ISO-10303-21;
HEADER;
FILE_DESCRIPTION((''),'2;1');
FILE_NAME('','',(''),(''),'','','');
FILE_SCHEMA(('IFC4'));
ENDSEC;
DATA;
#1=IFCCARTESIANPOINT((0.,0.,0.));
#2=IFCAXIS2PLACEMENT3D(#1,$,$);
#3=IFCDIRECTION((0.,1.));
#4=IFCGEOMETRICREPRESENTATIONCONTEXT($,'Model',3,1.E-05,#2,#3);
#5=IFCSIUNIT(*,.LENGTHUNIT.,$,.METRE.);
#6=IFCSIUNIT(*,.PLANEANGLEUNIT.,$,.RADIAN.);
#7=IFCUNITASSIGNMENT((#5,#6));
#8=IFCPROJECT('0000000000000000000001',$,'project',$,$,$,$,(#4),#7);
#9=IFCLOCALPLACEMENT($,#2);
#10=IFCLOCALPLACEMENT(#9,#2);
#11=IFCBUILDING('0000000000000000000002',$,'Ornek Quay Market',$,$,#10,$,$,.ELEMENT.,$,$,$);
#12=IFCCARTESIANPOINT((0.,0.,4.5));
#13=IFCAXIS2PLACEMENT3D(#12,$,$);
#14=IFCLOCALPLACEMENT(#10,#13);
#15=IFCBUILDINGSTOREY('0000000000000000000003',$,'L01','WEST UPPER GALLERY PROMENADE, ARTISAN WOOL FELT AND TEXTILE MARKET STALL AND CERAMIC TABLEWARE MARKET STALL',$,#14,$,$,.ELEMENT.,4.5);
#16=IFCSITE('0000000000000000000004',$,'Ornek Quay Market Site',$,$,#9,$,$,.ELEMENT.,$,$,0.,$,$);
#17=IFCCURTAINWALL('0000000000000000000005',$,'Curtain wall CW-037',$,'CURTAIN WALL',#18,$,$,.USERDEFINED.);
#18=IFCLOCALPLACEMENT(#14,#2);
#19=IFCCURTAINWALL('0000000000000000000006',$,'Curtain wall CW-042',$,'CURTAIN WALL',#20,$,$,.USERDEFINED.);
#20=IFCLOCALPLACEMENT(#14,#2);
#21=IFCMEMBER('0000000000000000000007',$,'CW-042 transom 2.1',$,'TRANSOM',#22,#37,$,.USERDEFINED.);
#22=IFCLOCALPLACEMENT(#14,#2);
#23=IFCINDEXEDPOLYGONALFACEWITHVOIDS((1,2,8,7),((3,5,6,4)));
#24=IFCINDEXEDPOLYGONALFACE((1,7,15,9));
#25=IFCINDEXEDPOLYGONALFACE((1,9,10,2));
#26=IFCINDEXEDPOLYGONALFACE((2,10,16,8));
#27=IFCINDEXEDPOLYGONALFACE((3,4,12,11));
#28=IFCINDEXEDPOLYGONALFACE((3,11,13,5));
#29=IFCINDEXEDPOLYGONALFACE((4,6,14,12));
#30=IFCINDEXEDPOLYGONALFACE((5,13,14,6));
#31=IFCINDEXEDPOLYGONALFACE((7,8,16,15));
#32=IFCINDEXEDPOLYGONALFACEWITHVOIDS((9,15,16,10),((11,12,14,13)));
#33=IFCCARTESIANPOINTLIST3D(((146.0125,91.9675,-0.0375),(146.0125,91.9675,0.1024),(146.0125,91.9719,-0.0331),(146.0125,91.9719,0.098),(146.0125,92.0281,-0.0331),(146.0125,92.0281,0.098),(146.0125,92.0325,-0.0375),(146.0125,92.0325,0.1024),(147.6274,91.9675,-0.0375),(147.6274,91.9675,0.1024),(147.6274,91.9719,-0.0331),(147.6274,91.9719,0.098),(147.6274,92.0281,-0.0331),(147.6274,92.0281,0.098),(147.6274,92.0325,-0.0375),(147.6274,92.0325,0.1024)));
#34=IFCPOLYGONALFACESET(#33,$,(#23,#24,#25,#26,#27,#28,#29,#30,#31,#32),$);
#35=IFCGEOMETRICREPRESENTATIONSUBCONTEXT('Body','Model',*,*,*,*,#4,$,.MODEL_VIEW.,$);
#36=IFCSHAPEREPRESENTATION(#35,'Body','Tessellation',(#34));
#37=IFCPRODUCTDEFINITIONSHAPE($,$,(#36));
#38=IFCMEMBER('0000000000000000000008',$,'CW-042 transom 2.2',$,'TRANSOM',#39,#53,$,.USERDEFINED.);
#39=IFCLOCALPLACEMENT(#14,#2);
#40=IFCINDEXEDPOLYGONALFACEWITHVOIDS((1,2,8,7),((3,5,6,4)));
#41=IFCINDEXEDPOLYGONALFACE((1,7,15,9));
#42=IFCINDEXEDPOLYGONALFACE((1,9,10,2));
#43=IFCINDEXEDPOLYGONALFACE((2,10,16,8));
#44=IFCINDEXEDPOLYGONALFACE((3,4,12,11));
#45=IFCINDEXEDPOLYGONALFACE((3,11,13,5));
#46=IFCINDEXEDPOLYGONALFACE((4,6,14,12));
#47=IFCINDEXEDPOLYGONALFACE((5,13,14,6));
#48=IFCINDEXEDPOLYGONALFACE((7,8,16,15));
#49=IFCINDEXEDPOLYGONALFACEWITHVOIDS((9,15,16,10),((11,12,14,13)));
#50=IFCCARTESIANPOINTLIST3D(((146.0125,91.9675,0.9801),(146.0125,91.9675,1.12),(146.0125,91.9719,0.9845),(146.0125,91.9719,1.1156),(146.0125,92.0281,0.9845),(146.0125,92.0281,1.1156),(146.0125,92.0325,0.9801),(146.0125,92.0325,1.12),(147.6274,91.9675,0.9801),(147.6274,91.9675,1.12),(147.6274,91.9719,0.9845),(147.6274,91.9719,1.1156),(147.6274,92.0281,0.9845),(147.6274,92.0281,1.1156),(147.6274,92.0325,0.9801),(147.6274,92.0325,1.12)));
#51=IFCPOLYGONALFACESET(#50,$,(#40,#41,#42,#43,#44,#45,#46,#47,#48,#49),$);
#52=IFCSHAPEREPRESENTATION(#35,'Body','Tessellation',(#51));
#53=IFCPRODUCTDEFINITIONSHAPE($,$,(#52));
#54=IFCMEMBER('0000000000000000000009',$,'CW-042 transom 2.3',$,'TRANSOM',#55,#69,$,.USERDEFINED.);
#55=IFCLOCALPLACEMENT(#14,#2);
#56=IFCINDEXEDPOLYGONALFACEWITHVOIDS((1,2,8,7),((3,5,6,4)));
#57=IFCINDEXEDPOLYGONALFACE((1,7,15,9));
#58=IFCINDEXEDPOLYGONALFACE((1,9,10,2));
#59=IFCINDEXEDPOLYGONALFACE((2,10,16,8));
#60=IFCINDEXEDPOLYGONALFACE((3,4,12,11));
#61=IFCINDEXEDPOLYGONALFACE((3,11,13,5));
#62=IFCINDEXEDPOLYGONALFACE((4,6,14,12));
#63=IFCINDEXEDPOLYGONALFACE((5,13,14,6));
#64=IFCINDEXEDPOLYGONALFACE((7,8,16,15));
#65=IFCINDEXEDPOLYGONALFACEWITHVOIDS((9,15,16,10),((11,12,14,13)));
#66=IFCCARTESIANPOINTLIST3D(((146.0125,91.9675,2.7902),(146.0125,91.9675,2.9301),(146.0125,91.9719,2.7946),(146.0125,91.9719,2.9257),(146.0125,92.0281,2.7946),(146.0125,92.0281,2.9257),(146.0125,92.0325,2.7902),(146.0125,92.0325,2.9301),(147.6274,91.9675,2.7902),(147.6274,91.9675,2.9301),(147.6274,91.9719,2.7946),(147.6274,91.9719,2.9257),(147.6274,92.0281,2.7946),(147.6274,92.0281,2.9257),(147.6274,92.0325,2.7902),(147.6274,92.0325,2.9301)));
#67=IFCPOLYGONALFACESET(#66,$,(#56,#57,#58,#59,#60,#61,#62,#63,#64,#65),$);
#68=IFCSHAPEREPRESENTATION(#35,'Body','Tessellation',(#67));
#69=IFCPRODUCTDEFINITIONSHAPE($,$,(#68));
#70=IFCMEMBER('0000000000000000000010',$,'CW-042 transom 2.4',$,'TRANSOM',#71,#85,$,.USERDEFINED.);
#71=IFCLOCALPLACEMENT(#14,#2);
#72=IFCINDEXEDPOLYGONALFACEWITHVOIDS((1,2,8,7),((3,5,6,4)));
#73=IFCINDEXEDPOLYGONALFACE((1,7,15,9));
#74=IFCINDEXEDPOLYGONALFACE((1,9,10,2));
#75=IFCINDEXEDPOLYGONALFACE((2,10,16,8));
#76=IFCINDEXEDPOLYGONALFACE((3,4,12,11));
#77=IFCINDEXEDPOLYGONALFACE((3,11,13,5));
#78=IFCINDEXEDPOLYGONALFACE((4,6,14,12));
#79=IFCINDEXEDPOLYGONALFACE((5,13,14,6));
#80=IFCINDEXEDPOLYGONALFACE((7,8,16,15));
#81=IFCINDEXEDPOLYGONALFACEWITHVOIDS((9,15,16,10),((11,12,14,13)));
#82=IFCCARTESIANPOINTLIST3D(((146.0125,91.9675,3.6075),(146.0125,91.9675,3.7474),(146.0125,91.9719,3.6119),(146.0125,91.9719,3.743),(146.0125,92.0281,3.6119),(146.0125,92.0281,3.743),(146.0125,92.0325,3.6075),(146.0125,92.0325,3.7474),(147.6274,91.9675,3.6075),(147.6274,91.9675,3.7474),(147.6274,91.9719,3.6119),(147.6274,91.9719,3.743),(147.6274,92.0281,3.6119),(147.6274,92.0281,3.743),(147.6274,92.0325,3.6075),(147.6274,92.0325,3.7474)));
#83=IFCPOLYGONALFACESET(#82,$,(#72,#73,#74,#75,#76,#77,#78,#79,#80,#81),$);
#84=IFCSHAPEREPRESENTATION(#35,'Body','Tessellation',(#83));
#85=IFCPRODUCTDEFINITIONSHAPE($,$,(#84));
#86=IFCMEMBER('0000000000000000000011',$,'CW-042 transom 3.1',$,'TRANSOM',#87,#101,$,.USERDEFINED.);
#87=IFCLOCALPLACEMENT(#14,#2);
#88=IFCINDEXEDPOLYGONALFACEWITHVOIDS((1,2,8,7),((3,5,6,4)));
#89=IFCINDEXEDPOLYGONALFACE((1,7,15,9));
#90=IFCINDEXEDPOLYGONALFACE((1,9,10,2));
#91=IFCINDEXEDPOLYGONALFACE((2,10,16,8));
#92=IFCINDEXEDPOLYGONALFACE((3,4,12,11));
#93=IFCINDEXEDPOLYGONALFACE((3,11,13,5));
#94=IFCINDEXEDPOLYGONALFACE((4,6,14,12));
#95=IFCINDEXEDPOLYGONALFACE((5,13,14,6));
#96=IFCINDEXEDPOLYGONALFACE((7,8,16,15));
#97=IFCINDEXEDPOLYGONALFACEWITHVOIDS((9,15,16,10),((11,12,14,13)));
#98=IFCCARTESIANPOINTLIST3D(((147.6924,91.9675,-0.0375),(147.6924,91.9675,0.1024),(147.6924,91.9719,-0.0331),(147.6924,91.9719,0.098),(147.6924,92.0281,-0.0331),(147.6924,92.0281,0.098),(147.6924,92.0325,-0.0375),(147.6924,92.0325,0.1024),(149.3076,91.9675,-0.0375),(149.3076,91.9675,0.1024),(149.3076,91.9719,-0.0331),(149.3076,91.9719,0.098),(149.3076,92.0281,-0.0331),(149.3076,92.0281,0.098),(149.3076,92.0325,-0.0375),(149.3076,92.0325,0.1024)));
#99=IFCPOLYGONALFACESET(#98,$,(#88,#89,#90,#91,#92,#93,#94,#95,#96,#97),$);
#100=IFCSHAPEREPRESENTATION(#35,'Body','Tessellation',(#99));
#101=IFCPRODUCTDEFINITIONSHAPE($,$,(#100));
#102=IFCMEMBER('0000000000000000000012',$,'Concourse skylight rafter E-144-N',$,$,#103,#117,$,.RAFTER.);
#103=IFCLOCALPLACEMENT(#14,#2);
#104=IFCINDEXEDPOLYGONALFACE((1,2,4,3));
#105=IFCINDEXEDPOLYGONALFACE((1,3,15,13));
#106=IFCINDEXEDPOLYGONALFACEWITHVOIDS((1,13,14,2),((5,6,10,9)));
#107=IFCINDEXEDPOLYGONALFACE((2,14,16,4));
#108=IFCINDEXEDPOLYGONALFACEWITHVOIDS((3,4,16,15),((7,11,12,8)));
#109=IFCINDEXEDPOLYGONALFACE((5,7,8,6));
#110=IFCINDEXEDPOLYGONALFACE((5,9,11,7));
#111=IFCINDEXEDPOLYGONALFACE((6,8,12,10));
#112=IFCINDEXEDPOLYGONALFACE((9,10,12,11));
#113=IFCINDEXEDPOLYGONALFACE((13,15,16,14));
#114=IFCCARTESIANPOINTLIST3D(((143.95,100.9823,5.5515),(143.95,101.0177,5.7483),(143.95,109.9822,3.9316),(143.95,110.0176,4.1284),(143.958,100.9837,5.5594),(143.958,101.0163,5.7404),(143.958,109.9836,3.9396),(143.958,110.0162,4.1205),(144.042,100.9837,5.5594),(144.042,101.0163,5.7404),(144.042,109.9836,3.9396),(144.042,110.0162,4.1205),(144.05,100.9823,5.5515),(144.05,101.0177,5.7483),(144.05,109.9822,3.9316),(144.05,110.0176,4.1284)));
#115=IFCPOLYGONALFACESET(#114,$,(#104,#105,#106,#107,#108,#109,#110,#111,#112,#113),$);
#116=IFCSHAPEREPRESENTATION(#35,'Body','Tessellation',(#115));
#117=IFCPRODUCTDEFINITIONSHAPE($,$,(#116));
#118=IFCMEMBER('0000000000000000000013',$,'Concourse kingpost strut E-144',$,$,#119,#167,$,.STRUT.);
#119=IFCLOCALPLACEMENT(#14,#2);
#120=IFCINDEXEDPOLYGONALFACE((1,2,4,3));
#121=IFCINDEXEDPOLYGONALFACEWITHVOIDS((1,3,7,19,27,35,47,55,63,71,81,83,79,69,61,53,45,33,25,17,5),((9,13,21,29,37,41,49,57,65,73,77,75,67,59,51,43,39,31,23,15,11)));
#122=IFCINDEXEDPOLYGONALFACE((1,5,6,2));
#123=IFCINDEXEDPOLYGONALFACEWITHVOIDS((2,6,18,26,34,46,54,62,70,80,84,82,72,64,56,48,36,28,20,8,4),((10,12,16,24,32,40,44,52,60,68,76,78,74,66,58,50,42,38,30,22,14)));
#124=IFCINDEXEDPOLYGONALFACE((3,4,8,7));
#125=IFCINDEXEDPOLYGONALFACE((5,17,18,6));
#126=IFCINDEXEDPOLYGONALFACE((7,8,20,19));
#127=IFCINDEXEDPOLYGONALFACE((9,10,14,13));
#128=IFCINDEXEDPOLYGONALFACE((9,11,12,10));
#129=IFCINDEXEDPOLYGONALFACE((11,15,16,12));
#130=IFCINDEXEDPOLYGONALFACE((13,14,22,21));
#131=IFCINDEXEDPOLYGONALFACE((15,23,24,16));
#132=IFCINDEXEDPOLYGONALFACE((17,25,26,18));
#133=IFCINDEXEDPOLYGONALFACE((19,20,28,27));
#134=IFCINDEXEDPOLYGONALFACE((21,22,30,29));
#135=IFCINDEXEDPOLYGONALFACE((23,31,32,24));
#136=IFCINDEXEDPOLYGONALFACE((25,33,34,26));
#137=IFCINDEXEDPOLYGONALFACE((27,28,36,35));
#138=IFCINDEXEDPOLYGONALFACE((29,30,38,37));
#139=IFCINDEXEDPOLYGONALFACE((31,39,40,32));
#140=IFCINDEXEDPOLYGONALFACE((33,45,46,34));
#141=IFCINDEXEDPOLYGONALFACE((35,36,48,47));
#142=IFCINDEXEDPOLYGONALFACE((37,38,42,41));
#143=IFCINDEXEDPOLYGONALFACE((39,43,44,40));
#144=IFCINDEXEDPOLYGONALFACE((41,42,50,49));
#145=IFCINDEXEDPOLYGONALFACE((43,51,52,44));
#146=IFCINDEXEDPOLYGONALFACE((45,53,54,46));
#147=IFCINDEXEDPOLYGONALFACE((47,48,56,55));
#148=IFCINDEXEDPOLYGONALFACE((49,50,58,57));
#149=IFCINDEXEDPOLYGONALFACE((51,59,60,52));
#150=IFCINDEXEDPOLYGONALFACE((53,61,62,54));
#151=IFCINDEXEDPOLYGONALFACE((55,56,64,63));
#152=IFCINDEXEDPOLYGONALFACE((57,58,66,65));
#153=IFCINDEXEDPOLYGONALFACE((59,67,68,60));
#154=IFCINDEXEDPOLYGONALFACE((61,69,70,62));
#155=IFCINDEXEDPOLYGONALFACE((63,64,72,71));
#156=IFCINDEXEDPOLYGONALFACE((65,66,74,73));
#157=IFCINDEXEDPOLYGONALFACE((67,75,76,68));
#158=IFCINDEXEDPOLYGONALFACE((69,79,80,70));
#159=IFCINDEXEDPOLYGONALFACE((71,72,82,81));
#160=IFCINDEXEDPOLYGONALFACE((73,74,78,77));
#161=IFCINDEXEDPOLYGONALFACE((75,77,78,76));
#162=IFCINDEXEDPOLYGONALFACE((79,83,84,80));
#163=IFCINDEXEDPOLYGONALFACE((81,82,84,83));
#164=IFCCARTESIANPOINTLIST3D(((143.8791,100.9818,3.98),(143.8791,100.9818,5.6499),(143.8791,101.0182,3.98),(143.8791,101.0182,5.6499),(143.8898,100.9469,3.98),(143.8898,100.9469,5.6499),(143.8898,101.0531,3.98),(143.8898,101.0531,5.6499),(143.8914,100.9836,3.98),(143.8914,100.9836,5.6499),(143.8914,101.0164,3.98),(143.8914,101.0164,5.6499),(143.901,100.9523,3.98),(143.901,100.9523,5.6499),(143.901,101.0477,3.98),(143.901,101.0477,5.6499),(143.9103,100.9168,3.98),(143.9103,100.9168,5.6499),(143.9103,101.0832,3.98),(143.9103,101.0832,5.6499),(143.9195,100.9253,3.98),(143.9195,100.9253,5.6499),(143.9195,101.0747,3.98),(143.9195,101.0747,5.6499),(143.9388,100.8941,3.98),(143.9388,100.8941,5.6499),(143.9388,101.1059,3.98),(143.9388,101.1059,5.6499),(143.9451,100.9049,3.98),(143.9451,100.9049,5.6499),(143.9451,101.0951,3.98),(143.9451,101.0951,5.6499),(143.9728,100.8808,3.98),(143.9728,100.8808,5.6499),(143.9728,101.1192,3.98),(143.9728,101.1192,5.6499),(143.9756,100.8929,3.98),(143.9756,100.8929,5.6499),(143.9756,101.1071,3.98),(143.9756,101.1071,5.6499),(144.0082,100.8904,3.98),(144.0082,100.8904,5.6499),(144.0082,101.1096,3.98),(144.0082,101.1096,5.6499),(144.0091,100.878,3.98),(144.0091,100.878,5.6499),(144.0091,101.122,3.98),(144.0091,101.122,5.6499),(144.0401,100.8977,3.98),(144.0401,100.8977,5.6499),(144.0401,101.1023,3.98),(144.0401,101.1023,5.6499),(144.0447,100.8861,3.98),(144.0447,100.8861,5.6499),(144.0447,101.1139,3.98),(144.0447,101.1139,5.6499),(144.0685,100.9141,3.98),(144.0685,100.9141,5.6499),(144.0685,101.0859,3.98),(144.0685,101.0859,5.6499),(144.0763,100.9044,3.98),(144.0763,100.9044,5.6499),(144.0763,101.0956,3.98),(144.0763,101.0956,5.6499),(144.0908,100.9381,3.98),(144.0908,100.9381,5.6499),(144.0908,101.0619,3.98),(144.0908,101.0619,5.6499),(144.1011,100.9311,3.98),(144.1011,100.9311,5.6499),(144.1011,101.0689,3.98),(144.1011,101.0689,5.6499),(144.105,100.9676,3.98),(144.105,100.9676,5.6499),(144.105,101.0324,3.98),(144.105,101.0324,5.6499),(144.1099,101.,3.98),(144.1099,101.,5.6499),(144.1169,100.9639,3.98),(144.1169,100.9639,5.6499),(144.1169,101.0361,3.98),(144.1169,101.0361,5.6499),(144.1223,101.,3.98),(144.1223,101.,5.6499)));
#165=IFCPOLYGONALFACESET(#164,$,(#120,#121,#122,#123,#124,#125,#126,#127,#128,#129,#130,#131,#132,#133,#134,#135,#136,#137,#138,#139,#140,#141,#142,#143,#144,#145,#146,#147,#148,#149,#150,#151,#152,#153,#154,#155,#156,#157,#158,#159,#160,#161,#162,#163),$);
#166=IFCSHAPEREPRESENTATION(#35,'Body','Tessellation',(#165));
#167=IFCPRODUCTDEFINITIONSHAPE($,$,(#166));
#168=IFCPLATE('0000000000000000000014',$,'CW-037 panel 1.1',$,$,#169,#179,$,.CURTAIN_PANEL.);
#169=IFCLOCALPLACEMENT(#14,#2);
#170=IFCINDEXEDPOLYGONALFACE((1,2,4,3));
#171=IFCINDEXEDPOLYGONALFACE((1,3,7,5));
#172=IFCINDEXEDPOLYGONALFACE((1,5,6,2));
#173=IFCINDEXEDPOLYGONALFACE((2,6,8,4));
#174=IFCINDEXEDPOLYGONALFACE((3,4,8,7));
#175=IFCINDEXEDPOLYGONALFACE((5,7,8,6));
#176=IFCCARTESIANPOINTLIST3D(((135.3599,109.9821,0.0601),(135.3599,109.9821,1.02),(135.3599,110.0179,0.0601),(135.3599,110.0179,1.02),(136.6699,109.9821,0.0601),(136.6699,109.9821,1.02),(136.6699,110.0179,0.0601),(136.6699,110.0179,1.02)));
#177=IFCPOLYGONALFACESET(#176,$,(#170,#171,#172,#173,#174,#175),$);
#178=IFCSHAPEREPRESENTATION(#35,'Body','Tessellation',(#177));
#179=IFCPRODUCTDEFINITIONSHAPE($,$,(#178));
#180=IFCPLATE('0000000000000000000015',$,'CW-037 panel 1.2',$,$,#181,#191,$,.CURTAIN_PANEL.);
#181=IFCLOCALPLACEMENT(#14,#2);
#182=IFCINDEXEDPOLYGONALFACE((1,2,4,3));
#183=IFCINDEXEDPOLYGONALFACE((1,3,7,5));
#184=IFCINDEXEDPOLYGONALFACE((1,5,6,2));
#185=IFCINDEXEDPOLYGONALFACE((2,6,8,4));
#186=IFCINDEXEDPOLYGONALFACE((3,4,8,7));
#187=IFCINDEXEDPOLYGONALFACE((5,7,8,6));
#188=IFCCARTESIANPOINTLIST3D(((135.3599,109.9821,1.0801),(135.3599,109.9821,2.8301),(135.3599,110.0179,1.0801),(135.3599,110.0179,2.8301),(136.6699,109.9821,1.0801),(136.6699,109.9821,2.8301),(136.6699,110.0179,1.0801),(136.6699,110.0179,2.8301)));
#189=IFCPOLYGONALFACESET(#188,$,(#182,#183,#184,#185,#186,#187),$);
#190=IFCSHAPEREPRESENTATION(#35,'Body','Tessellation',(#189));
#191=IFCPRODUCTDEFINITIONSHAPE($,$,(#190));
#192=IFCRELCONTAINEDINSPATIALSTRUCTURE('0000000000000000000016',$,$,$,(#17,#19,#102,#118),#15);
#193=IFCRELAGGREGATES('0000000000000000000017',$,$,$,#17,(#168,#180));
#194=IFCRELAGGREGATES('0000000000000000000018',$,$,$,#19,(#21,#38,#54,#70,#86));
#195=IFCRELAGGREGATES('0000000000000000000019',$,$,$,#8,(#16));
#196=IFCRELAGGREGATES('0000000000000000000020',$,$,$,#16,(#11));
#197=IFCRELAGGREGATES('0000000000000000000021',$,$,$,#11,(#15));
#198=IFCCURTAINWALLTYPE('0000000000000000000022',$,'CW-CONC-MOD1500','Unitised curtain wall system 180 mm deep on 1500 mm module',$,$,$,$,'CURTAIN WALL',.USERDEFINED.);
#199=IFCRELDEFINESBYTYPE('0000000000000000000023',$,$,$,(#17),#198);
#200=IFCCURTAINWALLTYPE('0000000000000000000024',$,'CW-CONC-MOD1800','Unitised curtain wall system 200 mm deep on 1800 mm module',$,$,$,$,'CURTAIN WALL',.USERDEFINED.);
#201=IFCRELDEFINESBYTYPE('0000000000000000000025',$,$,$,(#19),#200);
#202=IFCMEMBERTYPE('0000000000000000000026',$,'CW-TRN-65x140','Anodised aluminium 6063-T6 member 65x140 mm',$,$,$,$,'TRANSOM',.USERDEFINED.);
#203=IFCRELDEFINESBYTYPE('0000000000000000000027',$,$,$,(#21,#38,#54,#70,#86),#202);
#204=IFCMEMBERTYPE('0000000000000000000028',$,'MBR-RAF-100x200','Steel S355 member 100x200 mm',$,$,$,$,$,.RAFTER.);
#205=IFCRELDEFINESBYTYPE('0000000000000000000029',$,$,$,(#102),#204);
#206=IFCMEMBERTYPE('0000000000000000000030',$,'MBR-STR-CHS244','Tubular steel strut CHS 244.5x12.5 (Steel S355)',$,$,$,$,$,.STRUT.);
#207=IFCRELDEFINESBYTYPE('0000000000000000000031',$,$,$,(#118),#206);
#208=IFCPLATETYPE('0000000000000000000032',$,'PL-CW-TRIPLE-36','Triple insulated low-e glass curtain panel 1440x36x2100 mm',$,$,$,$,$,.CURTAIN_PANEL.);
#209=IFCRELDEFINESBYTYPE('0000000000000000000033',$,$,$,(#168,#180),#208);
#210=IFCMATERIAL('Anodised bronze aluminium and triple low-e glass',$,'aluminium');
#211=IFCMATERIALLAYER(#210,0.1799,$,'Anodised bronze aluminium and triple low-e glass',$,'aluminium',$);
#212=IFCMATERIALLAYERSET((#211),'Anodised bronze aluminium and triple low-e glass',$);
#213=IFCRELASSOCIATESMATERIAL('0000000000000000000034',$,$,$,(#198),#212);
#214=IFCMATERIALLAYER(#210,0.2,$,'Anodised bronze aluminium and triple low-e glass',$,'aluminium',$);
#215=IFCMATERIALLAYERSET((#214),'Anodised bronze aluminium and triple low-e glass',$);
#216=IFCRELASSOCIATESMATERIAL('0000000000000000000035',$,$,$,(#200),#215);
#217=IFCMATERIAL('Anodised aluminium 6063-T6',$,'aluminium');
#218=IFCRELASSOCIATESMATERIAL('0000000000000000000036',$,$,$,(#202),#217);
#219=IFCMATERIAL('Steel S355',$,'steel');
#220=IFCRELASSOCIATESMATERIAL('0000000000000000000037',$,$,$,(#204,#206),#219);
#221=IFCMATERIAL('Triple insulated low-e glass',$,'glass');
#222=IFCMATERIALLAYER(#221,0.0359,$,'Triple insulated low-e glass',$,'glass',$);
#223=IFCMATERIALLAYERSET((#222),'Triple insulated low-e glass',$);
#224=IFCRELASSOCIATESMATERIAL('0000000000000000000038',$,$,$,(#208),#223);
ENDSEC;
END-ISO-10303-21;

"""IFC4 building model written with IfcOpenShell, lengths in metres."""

from ifc_helpers import new_model, si_unit, direction, frame, origin, origin_2d, place, context, subcontext, project, spatial, rectangle, hollow_rectangle, hollow_circle, extrude, material, layer, layer_set, material_profile, profile_set, type_object, element, aggregate, save


model = new_model("IFC4")

# Units and contexts
model_context = context("Model", 3, precision=1e-05, world=origin(), true_north=direction((0.0, 1.0)))
body_context = subcontext(model_context, "Body", "Model", "MODEL_VIEW")
ifc_project = project(units=[si_unit("LENGTHUNIT", "METRE"), si_unit("PLANEANGLEUNIT", "RADIAN")], contexts=[model_context])

# Site, building, storey
site_placement = place(None, origin())
site = spatial("IfcSite", under=ifc_project, at=site_placement, Name="Ornek Quay Market Site", CompositionType="ELEMENT", RefElevation=0.0)
building_placement = place(site_placement, origin())
building = spatial("IfcBuilding", under=site, at=building_placement, Name="Ornek Quay Market", CompositionType="ELEMENT")
storey_placement = place(building_placement, frame((0.0, 0.0, 4.5)))
storey = spatial("IfcBuildingStorey", under=building, at=storey_placement, Name="L01", Description="WEST UPPER GALLERY PROMENADE, ARTISAN WOOL FELT AND TEXTILE MARKET STALL AND CERAMIC TABLEWARE MARKET STALL", CompositionType="ELEMENT", Elevation=4.5)

# Curtain walls
ifc_material_1 = material(Name="Anodised bronze aluminium and triple low-e glass", Category="aluminium")
ifc_layer_1 = layer(ifc_material_1, 0.1799, Name="Anodised bronze aluminium and triple low-e glass", Category="aluminium")
ifc_layer_set_1 = layer_set([ifc_layer_1], Name="Anodised bronze aluminium and triple low-e glass")
curtain_wall_type_1 = type_object("IfcCurtainWallType", Name="CW-CONC-MOD1500", Description="Unitised curtain wall system 180 mm deep on 1500 mm module", ElementType="CURTAIN WALL", PredefinedType="USERDEFINED", material=ifc_layer_set_1)
curtain_wall_1_placement = place(storey_placement, origin())
curtain_wall_1 = element("IfcCurtainWall", 1, at=curtain_wall_1_placement, inside=storey, type_object=curtain_wall_type_1, Name="Curtain wall CW-037", ObjectType="CURTAIN WALL", PredefinedType="USERDEFINED")
ifc_material_2 = material(Name="Anodised aluminium 6063-T6", Category="aluminium")
ifc_layer_2 = layer(ifc_material_1, 0.2, Name="Anodised bronze aluminium and triple low-e glass", Category="aluminium")
ifc_layer_set_2 = layer_set([ifc_layer_2], Name="Anodised bronze aluminium and triple low-e glass")
curtain_wall_type_2 = type_object("IfcCurtainWallType", Name="CW-CONC-MOD1800", Description="Unitised curtain wall system 200 mm deep on 1800 mm module", ElementType="CURTAIN WALL", PredefinedType="USERDEFINED", material=ifc_layer_set_2)
curtain_wall_2_placement = place(storey_placement, origin())
curtain_wall_2 = element("IfcCurtainWall", 2, at=curtain_wall_2_placement, inside=storey, type_object=curtain_wall_type_2, Name="Curtain wall CW-042", ObjectType="CURTAIN WALL", PredefinedType="USERDEFINED")

# Members
ifc_material_profile_1 = material_profile(ifc_material_2, hollow_rectangle(XDim=0.0649, YDim=0.1399, WallThickness=0.0044, at=origin_2d()), Name="CW-TRN-65x140", Category="aluminium")
ifc_profile_set_1 = profile_set([ifc_material_profile_1], Name="Anodised aluminium 6063-T6")
member_type_1 = type_object("IfcMemberType", Name="CW-TRN-65x140", Description="Anodised aluminium 6063-T6 member 65x140 mm", ElementType="TRANSOM", PredefinedType="USERDEFINED", material=ifc_profile_set_1)
member_1_placement = place(storey_placement, frame((146.0125, 92.0, 0.0325), z_axis=(1.0, 0.0, 0.0), x_axis=(0.0, 1.0, 0.0)))
member_1 = element("IfcMember", 3, at=member_1_placement, type_object=member_type_1, Name="CW-042 transom 2.1", ObjectType="TRANSOM", PredefinedType="USERDEFINED", context=body_context, shape_type="SweptSolid", body=[
    extrude(hollow_rectangle(XDim=0.0649, YDim=0.1399, WallThickness=0.0044, at=origin_2d()), origin(), (0.0, 0.0, 1.0), 1.615),
])
member_2_placement = place(storey_placement, frame((146.0125, 92.0, 1.05), z_axis=(1.0, 0.0, 0.0), x_axis=(0.0, 1.0, 0.0)))
member_2 = element("IfcMember", 4, at=member_2_placement, type_object=member_type_1, Name="CW-042 transom 2.2", ObjectType="TRANSOM", PredefinedType="USERDEFINED", context=body_context, shape_type="SweptSolid", body=[
    extrude(hollow_rectangle(XDim=0.0649, YDim=0.1399, WallThickness=0.0044, at=origin_2d()), origin(), (0.0, 0.0, 1.0), 1.615),
])
member_3_placement = place(storey_placement, frame((146.0125, 92.0, 2.8601), z_axis=(1.0, 0.0, 0.0), x_axis=(0.0, 1.0, 0.0)))
member_3 = element("IfcMember", 5, at=member_3_placement, type_object=member_type_1, Name="CW-042 transom 2.3", ObjectType="TRANSOM", PredefinedType="USERDEFINED", context=body_context, shape_type="SweptSolid", body=[
    extrude(hollow_rectangle(XDim=0.0649, YDim=0.1399, WallThickness=0.0044, at=origin_2d()), origin(), (0.0, 0.0, 1.0), 1.615),
])
member_4_placement = place(storey_placement, frame((146.0125, 92.0, 3.6775), z_axis=(1.0, 0.0, 0.0), x_axis=(0.0, 1.0, 0.0)))
member_4 = element("IfcMember", 6, at=member_4_placement, type_object=member_type_1, Name="CW-042 transom 2.4", ObjectType="TRANSOM", PredefinedType="USERDEFINED", context=body_context, shape_type="SweptSolid", body=[
    extrude(hollow_rectangle(XDim=0.0649, YDim=0.1399, WallThickness=0.0044, at=origin_2d()), origin(), (0.0, 0.0, 1.0), 1.615),
])
member_5_placement = place(storey_placement, frame((147.6924, 92.0, 0.0325), z_axis=(1.0, 0.0, 0.0), x_axis=(0.0, 1.0, 0.0)))
member_5 = element("IfcMember", 7, at=member_5_placement, type_object=member_type_1, Name="CW-042 transom 3.1", ObjectType="TRANSOM", PredefinedType="USERDEFINED", context=body_context, shape_type="SweptSolid", body=[
    extrude(hollow_rectangle(XDim=0.0649, YDim=0.1399, WallThickness=0.0044, at=origin_2d()), origin(), (0.0, 0.0, 1.0), 1.6152),
])

# Members
ifc_material_3 = material(Name="Steel S355", Category="steel")
ifc_material_profile_2 = material_profile(ifc_material_3, hollow_rectangle(XDim=0.1001, YDim=0.2, WallThickness=0.0081, at=origin_2d()), Name="MBR-RAF-100x200", Category="steel")
ifc_profile_set_2 = profile_set([ifc_material_profile_2], Name="Steel S355")
member_type_2 = type_object("IfcMemberType", Name="MBR-RAF-100x200", Description="Steel S355 member 100x200 mm", PredefinedType="RAFTER", material=ifc_profile_set_2)
member_6_placement = place(storey_placement, frame((144.0, 101.0, 5.6499), z_axis=(0.0, 0.984186, -0.17714), x_axis=(-1.0, 0.0, 0.0)))
element("IfcMember", 8, at=member_6_placement, inside=storey, type_object=member_type_2, Name="Concourse skylight rafter E-144-N", PredefinedType="RAFTER", context=body_context, shape_type="SweptSolid", body=[
    extrude(hollow_rectangle(XDim=0.1001, YDim=0.2, WallThickness=0.0081, at=origin_2d()), origin(), (0.0, 0.0, 1.0), 9.1445),
])
ifc_material_profile_3 = material_profile(ifc_material_3, hollow_circle(Radius=0.1223, WallThickness=0.0125, at=origin_2d()), Name="CHS 244.5x12.5", Category="steel")
ifc_profile_set_3 = profile_set([ifc_material_profile_3], Name="Steel S355")
member_type_3 = type_object("IfcMemberType", Name="MBR-STR-CHS244", Description="Tubular steel strut CHS 244.5x12.5 (Steel S355)", PredefinedType="STRUT", material=ifc_profile_set_3)
member_7_placement = place(storey_placement, frame((144.0, 101.0, 3.98), z_axis=(0.0, 0.0, 1.0), x_axis=(1.0, 0.0, 0.0)))
element("IfcMember", 9, at=member_7_placement, inside=storey, type_object=member_type_3, Name="Concourse kingpost strut E-144", PredefinedType="STRUT", context=body_context, shape_type="SweptSolid", body=[
    extrude(hollow_circle(Radius=0.1223, WallThickness=0.0125, at=origin_2d()), origin(), (0.0, 0.0, 1.0), 1.6699),
])

# Plates
ifc_material_4 = material(Name="Triple insulated low-e glass", Category="glass")
ifc_layer_3 = layer(ifc_material_4, 0.0359, Name="Triple insulated low-e glass", Category="glass")
ifc_layer_set_3 = layer_set([ifc_layer_3], Name="Triple insulated low-e glass")
plate_type_1 = type_object("IfcPlateType", Name="PL-CW-TRIPLE-36", Description="Triple insulated low-e glass curtain panel 1440x36x2100 mm", PredefinedType="CURTAIN_PANEL", material=ifc_layer_set_3)
plate_1_placement = place(storey_placement, frame((136.0149, 110.0, 0.0601), z_axis=(0.0, 0.0, 1.0), x_axis=(1.0, 0.0, 0.0)))
plate_1 = element("IfcPlate", 10, at=plate_1_placement, type_object=plate_type_1, Name="CW-037 panel 1.1", PredefinedType="CURTAIN_PANEL", context=body_context, shape_type="SweptSolid", body=[
    extrude(rectangle(XDim=1.3101, YDim=0.0359, at=origin_2d()), origin(), (0.0, 0.0, 1.0), 0.96),
])
plate_2_placement = place(storey_placement, frame((136.0149, 110.0, 1.0801), z_axis=(0.0, 0.0, 1.0), x_axis=(1.0, 0.0, 0.0)))
plate_2 = element("IfcPlate", 11, at=plate_2_placement, type_object=plate_type_1, Name="CW-037 panel 1.2", PredefinedType="CURTAIN_PANEL", context=body_context, shape_type="SweptSolid", body=[
    extrude(rectangle(XDim=1.3101, YDim=0.0359, at=origin_2d()), origin(), (0.0, 0.0, 1.0), 1.75),
])
aggregate(curtain_wall_1, [plate_1, plate_2])
aggregate(curtain_wall_2, [member_1, member_2, member_3, member_4, member_5])

save(model, "model.ifc")
